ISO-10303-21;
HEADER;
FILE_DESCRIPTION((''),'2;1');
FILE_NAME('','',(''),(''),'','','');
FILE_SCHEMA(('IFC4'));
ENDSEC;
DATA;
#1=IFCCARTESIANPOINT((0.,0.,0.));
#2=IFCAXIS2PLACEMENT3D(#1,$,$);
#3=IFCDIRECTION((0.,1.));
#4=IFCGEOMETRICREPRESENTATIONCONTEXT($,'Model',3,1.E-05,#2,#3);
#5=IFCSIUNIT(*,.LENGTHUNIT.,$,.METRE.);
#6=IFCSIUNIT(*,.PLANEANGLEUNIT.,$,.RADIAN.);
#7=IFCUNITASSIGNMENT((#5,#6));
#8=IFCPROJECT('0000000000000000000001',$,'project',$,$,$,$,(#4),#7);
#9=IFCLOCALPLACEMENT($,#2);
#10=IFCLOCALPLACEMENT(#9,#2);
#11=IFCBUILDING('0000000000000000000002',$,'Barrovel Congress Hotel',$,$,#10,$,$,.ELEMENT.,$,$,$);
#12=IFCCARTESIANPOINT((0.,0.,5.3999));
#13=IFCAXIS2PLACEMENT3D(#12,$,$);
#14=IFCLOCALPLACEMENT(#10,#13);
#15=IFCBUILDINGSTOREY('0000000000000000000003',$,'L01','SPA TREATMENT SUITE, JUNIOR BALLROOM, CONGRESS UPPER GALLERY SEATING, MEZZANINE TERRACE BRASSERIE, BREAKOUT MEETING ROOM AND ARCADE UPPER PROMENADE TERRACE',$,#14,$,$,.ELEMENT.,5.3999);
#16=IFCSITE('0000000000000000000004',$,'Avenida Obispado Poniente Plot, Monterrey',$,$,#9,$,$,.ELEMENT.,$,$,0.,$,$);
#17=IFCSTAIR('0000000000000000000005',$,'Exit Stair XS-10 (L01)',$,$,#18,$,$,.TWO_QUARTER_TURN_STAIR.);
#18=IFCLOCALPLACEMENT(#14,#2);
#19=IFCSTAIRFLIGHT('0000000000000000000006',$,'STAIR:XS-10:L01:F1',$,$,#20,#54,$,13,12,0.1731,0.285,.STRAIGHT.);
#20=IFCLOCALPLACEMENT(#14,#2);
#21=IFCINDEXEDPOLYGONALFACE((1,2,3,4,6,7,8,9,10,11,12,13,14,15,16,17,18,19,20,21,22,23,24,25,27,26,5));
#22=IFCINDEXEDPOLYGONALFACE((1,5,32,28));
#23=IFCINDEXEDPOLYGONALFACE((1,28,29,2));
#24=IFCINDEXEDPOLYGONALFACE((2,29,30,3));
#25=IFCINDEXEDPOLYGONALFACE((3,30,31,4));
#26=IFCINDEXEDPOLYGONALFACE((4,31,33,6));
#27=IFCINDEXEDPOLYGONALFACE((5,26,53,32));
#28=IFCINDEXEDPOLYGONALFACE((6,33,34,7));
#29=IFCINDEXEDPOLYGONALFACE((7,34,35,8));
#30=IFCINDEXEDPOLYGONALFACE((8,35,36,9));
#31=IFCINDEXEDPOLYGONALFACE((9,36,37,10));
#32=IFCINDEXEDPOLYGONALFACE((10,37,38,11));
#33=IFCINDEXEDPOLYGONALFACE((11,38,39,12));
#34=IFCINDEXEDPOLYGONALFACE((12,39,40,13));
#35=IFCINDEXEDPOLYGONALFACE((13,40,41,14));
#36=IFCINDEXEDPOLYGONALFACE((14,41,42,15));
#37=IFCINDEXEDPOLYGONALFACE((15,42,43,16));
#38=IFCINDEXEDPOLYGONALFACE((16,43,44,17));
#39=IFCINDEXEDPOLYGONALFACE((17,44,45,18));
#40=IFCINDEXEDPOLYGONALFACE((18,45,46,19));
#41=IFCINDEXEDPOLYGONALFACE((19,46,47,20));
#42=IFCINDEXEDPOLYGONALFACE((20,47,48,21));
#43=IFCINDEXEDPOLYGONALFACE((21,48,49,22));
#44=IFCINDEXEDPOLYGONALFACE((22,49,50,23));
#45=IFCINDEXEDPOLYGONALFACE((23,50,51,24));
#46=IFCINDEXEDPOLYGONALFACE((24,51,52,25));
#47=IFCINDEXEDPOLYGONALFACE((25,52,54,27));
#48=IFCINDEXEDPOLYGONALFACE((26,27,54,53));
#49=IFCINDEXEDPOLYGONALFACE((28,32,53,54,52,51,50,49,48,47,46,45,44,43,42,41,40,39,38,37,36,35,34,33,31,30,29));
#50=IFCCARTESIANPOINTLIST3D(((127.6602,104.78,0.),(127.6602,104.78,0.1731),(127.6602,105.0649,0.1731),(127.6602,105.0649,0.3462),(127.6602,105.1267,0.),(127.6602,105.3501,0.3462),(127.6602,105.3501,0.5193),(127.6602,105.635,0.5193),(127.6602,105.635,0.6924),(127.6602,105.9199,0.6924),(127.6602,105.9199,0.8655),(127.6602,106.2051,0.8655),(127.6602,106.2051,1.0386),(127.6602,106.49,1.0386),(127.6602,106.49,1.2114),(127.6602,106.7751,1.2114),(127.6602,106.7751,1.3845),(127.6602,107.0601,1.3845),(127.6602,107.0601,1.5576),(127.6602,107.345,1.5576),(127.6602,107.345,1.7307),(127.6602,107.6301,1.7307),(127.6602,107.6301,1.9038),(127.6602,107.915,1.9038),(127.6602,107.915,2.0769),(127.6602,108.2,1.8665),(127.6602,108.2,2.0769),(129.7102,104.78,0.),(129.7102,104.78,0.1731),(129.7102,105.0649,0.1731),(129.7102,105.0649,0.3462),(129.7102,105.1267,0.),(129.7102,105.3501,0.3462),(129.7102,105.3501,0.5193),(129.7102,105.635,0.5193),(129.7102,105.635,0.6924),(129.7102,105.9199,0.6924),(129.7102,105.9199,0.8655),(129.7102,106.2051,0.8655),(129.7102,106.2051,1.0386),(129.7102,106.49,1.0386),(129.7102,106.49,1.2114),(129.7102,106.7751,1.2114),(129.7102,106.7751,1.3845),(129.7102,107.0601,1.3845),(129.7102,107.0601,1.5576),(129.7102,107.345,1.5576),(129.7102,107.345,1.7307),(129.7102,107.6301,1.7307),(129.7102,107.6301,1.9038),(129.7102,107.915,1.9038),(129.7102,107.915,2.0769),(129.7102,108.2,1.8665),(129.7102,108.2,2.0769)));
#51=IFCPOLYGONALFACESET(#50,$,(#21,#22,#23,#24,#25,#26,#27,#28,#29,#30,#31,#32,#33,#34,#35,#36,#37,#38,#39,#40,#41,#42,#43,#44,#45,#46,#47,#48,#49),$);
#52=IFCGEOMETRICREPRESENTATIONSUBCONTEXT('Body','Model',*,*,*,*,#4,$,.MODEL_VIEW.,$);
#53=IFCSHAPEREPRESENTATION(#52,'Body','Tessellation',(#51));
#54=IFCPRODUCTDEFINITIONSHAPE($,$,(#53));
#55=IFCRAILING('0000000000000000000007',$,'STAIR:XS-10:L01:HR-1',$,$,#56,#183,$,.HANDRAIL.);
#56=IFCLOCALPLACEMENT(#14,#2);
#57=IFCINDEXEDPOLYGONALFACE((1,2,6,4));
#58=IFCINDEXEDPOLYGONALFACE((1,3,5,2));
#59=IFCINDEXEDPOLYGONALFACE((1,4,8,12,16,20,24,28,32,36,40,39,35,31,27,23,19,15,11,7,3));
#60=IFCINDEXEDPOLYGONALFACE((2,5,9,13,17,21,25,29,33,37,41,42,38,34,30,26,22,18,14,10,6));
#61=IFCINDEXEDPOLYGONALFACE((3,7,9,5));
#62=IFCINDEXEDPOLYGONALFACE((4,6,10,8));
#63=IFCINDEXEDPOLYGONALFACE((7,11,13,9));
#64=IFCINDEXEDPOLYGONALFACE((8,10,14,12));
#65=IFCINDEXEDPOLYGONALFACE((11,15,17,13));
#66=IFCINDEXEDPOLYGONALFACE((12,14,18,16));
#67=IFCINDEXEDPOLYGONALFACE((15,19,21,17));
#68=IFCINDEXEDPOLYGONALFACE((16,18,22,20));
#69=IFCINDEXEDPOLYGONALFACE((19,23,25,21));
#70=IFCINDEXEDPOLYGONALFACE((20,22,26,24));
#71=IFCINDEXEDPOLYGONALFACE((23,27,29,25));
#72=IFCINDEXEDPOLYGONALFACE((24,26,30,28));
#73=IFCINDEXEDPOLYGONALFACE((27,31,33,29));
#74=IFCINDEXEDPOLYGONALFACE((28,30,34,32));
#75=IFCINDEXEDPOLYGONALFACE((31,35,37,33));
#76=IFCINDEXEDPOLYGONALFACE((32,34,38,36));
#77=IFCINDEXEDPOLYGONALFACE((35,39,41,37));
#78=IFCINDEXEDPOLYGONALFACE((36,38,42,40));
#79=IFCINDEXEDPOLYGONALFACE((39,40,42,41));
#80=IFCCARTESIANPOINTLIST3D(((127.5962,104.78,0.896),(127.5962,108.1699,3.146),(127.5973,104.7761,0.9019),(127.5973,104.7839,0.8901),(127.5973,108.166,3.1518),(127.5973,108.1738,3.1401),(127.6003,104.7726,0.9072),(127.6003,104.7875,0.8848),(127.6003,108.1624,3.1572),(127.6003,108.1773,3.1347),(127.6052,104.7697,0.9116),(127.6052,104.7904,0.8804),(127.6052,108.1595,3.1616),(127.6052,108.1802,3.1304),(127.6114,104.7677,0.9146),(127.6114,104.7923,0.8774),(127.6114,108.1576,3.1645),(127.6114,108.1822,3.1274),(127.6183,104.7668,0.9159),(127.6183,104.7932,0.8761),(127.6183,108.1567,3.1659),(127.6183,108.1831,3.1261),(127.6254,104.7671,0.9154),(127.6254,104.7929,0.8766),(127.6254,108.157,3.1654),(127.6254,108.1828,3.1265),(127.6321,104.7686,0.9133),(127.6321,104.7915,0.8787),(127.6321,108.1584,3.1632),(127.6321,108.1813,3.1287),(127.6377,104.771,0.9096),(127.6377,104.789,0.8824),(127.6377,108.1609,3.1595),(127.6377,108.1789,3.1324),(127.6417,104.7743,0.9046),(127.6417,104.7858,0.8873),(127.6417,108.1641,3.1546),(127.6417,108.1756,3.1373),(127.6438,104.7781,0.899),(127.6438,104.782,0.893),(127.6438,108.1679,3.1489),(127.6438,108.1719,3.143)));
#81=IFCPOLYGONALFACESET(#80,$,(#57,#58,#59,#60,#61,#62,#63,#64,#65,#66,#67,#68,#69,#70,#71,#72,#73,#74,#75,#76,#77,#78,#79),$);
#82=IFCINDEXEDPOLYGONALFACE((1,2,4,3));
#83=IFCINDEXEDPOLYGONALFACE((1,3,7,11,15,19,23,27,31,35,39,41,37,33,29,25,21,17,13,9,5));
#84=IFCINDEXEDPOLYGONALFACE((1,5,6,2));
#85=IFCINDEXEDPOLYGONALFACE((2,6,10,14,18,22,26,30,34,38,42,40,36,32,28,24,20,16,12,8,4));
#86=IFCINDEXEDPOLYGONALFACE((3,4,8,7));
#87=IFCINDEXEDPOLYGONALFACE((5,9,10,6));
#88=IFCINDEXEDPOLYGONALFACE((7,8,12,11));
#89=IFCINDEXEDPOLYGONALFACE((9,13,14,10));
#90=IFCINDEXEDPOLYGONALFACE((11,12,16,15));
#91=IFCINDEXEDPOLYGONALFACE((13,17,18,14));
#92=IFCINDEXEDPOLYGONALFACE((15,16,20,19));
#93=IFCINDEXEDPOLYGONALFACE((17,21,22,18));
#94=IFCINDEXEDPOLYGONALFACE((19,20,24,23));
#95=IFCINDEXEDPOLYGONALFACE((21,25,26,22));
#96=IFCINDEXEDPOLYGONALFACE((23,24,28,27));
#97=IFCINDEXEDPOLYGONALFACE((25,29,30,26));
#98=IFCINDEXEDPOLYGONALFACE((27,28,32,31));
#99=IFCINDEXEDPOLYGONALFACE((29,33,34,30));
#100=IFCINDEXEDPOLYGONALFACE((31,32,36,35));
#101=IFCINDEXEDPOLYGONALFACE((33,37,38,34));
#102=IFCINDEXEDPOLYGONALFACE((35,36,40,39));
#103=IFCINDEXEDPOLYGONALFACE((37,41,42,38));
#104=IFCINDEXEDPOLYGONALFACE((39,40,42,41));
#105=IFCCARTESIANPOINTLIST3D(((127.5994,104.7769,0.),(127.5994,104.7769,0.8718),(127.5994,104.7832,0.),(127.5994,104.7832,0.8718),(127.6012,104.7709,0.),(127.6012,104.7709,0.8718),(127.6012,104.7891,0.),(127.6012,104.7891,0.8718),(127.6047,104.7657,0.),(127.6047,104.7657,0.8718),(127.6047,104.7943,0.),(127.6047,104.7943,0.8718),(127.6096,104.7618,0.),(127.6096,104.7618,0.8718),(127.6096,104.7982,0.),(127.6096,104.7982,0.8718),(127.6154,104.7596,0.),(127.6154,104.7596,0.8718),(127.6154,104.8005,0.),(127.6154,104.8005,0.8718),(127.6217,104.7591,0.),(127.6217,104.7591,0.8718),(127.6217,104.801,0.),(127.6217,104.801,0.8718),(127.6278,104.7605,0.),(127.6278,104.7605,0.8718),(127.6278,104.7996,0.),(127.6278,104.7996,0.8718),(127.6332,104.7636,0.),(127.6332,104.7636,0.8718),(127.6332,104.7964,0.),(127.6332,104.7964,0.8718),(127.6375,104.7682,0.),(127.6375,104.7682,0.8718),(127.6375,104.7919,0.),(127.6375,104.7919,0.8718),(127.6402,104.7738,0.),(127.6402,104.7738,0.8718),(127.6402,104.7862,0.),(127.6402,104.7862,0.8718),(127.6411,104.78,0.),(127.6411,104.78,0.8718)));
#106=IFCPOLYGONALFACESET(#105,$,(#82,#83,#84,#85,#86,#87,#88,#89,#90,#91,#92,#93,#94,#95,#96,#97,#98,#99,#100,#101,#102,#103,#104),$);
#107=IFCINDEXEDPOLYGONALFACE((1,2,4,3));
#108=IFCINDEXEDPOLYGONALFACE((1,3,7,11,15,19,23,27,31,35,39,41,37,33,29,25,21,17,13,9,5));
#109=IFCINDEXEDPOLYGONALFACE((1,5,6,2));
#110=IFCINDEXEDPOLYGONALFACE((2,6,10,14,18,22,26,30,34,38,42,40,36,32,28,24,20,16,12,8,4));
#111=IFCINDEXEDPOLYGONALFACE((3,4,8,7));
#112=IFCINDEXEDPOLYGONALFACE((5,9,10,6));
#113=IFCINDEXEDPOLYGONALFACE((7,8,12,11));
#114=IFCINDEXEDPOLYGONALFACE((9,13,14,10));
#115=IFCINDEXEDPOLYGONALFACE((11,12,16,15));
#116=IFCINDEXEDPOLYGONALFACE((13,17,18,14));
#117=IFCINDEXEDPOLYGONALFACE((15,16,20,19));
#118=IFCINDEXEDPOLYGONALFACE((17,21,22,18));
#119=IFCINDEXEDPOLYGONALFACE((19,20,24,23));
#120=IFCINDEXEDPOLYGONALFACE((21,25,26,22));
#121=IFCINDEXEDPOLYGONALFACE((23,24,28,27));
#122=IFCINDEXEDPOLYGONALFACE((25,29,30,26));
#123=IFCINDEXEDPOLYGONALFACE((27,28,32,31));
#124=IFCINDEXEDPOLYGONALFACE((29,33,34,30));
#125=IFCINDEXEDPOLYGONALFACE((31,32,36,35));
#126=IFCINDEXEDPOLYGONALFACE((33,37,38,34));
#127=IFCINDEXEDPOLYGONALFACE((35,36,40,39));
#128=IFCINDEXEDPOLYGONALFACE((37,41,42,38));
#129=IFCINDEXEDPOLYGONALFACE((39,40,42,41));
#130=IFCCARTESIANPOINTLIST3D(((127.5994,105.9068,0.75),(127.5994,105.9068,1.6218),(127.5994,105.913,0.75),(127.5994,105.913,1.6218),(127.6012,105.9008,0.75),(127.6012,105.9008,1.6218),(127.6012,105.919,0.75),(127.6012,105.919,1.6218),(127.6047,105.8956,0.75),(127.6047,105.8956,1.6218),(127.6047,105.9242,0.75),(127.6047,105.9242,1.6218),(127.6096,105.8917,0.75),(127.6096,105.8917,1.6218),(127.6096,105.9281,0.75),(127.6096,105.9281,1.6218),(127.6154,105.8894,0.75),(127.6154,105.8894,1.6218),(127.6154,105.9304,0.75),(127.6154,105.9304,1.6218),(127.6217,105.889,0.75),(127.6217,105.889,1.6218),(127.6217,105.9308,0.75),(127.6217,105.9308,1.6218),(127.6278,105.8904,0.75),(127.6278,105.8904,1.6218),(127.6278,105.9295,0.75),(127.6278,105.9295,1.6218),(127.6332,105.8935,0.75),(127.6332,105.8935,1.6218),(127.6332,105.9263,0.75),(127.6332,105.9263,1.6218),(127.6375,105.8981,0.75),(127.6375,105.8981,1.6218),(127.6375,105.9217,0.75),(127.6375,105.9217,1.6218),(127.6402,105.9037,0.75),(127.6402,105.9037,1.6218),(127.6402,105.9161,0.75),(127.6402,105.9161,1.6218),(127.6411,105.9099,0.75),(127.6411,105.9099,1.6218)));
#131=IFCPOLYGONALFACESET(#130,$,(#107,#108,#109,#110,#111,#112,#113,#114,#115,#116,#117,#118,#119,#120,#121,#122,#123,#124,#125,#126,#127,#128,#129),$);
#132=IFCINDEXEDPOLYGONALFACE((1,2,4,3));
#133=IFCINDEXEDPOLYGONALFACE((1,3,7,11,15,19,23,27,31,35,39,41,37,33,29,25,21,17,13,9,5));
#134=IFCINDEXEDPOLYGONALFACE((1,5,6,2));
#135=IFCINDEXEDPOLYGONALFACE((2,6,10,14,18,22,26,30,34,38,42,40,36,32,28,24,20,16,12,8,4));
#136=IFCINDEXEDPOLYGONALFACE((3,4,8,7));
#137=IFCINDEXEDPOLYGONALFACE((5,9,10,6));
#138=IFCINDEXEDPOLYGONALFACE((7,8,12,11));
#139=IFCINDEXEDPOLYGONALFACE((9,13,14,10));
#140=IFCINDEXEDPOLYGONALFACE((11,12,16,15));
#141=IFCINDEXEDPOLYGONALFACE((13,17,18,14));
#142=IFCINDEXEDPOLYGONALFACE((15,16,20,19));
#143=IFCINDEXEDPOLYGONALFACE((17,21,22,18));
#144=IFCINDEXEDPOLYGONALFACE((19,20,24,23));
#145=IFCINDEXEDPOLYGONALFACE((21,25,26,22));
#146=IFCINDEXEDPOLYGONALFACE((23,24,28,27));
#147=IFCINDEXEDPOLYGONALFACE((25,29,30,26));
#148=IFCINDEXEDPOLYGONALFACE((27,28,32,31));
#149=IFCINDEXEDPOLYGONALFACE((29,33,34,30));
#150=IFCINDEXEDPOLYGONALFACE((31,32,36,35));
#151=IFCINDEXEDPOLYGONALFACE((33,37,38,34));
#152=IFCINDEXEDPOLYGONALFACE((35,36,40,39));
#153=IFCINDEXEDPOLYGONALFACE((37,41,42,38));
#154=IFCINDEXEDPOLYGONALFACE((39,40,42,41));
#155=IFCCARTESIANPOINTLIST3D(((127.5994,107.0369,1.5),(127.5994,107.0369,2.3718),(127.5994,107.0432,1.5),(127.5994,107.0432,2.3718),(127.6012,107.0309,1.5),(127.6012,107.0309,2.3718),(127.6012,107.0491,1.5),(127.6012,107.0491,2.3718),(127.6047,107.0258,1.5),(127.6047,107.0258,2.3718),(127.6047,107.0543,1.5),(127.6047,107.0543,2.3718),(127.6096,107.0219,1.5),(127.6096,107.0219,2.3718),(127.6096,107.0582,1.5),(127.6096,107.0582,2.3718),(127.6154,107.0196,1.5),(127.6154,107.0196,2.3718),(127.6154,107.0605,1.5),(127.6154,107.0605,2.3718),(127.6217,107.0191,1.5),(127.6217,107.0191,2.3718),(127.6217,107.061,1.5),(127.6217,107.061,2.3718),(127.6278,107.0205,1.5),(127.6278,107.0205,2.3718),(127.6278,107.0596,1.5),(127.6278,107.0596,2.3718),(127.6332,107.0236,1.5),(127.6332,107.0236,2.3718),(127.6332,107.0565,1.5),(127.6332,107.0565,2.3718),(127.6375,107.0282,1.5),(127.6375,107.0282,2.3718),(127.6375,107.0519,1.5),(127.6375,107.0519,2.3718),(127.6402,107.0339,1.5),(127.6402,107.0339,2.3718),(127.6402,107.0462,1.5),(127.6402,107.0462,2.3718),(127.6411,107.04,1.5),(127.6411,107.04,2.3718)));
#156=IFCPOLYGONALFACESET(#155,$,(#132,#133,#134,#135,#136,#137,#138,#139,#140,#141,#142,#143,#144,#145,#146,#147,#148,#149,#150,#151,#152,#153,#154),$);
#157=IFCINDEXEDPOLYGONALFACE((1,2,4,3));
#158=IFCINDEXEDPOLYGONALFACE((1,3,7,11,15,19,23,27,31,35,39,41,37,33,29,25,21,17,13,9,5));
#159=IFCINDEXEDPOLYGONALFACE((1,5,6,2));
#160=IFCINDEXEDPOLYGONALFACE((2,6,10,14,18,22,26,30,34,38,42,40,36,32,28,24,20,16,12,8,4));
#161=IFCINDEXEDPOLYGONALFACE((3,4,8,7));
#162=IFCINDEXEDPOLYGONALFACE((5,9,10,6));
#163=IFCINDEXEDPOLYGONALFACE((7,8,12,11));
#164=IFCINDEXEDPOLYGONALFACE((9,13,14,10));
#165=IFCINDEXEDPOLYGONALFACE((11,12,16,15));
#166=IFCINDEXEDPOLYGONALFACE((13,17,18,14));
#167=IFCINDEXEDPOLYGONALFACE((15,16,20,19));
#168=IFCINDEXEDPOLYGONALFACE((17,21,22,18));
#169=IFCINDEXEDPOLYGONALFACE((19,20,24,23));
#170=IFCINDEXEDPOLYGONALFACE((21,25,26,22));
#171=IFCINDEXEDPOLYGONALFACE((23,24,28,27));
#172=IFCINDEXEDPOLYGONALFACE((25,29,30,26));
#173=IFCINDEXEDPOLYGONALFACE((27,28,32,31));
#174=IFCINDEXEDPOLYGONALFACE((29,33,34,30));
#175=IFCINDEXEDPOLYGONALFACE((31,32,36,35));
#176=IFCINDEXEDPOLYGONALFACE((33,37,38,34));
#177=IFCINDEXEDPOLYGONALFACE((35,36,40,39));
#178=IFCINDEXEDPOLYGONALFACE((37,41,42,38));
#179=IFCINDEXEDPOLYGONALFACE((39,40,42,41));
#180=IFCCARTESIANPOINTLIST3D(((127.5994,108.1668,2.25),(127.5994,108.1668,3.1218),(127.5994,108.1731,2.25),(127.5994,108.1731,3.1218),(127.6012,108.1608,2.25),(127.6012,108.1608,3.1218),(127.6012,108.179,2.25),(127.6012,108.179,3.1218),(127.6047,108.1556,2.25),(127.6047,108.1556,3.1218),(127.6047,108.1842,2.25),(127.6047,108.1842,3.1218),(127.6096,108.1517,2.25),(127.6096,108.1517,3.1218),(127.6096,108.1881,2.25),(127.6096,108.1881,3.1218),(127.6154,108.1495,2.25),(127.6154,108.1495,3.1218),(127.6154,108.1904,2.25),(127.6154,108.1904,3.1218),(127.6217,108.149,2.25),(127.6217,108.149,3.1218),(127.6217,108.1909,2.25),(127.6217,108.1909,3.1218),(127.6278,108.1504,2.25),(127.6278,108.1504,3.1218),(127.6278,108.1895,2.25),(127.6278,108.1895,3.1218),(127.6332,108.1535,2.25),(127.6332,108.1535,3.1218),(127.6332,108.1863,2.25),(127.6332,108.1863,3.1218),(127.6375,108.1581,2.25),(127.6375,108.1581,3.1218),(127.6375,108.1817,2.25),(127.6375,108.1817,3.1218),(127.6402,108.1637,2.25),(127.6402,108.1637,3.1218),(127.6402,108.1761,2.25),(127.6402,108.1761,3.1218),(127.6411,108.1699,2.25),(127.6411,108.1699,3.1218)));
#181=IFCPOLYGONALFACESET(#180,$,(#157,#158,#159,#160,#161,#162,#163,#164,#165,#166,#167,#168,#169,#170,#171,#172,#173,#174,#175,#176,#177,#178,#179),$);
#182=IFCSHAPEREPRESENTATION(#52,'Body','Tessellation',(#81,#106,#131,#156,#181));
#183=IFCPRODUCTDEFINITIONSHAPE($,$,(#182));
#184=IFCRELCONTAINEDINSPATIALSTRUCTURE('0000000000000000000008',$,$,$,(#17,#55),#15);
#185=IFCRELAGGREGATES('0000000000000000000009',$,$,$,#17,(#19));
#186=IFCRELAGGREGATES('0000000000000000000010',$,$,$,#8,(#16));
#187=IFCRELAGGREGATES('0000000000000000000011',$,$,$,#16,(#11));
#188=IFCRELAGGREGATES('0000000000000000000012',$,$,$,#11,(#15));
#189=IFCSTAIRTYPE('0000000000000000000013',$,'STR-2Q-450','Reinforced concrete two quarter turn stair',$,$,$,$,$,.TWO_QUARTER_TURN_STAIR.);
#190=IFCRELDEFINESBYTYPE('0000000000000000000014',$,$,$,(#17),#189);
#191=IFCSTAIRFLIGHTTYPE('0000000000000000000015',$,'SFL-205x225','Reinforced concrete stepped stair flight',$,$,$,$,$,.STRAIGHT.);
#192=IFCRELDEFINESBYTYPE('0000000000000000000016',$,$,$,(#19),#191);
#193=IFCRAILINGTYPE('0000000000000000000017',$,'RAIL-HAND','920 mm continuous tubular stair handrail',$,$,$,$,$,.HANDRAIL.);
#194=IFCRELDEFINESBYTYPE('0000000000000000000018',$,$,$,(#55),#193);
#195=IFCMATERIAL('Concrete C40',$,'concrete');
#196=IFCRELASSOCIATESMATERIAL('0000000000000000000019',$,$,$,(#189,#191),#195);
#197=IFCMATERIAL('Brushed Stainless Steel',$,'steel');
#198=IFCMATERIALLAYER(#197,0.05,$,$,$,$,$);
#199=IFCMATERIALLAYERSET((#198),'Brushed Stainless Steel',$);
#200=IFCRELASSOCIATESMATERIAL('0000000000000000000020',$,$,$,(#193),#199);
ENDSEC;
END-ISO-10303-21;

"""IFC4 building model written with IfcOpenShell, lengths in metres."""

from ifc_helpers import new_model, si_unit, direction, frame, origin, origin_2d, place, context, subcontext, project, spatial, polyline, circle, outline, extrude, material, layer, layer_set, type_object, element, aggregate, save


model = new_model("IFC4")

# Units and contexts
model_context = context("Model", 3, precision=1e-05, world=origin(), true_north=direction((0.0, 1.0)))
body_context = subcontext(model_context, "Body", "Model", "MODEL_VIEW")
ifc_project = project(units=[si_unit("LENGTHUNIT", "METRE"), si_unit("PLANEANGLEUNIT", "RADIAN")], contexts=[model_context])

# Site, building, storey
site_placement = place(None, origin())
site = spatial("IfcSite", under=ifc_project, at=site_placement, Name="Avenida Obispado Poniente Plot, Monterrey", CompositionType="ELEMENT", RefElevation=0.0)
building_placement = place(site_placement, origin())
building = spatial("IfcBuilding", under=site, at=building_placement, Name="Barrovel Congress Hotel", CompositionType="ELEMENT")
storey_placement = place(building_placement, frame((0.0, 0.0, 5.3999)))
storey = spatial("IfcBuildingStorey", under=building, at=storey_placement, Name="L01", Description="SPA TREATMENT SUITE, JUNIOR BALLROOM, CONGRESS UPPER GALLERY SEATING, MEZZANINE TERRACE BRASSERIE, BREAKOUT MEETING ROOM AND ARCADE UPPER PROMENADE TERRACE", CompositionType="ELEMENT", Elevation=5.3999)

# Shared definitions
ifc_material_1 = material(Name="Concrete C40", Category="concrete")

# Stair, stair flight
stair_type = type_object("IfcStairType", Name="STR-2Q-450", Description="Reinforced concrete two quarter turn stair", PredefinedType="TWO_QUARTER_TURN_STAIR", material=ifc_material_1)
stair_placement = place(storey_placement, origin())
stair = element("IfcStair", 1, at=stair_placement, inside=storey, type_object=stair_type, Name="Exit Stair XS-10 (L01)", PredefinedType="TWO_QUARTER_TURN_STAIR")
stair_flight_type = type_object("IfcStairFlightType", Name="SFL-205x225", Description="Reinforced concrete stepped stair flight", PredefinedType="STRAIGHT", material=ifc_material_1)
stair_flight_placement = place(storey_placement, frame((128.6851, 104.78, 0.0), z_axis=(0.0, 0.0, 1.0), x_axis=(0.0, 1.0, 0.0)))
stair_flight = element("IfcStairFlight", 2, at=stair_flight_placement, type_object=stair_flight_type, Name="STAIR:XS-10:L01:F1", NumberOfRisers=13, NumberOfTreads=12, PredefinedType="STRAIGHT", RiserHeight=0.1731, TreadLength=0.285, context=body_context, shape_type="SweptSolid", body=[
    extrude(outline(polyline([(0.0, 0.0), (0.0, 0.1731), (0.2849, 0.1731), (0.2849, 0.3462), (0.5701, 0.3462), (0.5701, 0.5193), (0.855, 0.5193), (0.855, 0.6924), (1.1399, 0.6924), (1.1399, 0.8655), (1.425, 0.8655), (1.425, 1.0386), (1.71, 1.0386), (1.71, 1.2114), (1.9951, 1.2114), (1.9951, 1.3845), (2.28, 1.3845), (2.28, 1.5576), (2.5649, 1.5576), (2.5649, 1.7307), (2.8501, 1.7307), (2.8501, 1.9038), (3.135, 1.9038), (3.135, 2.0769), (3.4199, 2.0769), (3.4199, 2.25), (3.4199, 1.8665), (0.3467, 0.0), (0.0, 0.0)])), frame((0.0, 1.0249, 0.0), z_axis=(0.0, -1.0, 0.0), x_axis=(1.0, 0.0, 0.0)), (0.0, 0.0, 1.0), 2.05),
])
aggregate(stair, [stair_flight])

# Railing
ifc_material_2 = material(Name="Brushed Stainless Steel", Category="steel")
ifc_layer_1 = layer(ifc_material_2, 0.05)
ifc_layer_set_1 = layer_set([ifc_layer_1], Name="Brushed Stainless Steel")
railing_type_1 = type_object("IfcRailingType", Name="RAIL-HAND", Description="920 mm continuous tubular stair handrail", PredefinedType="HANDRAIL", material=ifc_layer_set_1)
railing_1_placement = place(storey_placement, frame((127.6201, 104.78, 0.0)))
element("IfcRailing", 3, at=railing_1_placement, inside=storey, type_object=railing_type_1, Name="STAIR:XS-10:L01:HR-1", PredefinedType="HANDRAIL", context=body_context, shape_type="SweptSolid", body=[
    extrude(circle(Radius=0.0239, at=origin_2d()), frame((0.0, 0.0, 0.896), z_axis=(0.0, 0.833175, 0.55301), x_axis=(-1.0, 0.0, 0.0)), (0.0, 0.0, 1.0), 4.0686),
    extrude(circle(Radius=0.021, at=origin_2d()), origin(), (0.0, 0.0, 1.0), 0.8718),
    extrude(circle(Radius=0.021, at=origin_2d()), frame((0.0, 1.1299, 0.75)), (0.0, 0.0, 1.0), 0.8718),
    extrude(circle(Radius=0.021, at=origin_2d()), frame((0.0, 2.26, 1.5)), (0.0, 0.0, 1.0), 0.8718),
    extrude(circle(Radius=0.021, at=origin_2d()), frame((0.0, 3.3899, 2.25)), (0.0, 0.0, 1.0), 0.8718),
])

save(model, "model.ifc")
